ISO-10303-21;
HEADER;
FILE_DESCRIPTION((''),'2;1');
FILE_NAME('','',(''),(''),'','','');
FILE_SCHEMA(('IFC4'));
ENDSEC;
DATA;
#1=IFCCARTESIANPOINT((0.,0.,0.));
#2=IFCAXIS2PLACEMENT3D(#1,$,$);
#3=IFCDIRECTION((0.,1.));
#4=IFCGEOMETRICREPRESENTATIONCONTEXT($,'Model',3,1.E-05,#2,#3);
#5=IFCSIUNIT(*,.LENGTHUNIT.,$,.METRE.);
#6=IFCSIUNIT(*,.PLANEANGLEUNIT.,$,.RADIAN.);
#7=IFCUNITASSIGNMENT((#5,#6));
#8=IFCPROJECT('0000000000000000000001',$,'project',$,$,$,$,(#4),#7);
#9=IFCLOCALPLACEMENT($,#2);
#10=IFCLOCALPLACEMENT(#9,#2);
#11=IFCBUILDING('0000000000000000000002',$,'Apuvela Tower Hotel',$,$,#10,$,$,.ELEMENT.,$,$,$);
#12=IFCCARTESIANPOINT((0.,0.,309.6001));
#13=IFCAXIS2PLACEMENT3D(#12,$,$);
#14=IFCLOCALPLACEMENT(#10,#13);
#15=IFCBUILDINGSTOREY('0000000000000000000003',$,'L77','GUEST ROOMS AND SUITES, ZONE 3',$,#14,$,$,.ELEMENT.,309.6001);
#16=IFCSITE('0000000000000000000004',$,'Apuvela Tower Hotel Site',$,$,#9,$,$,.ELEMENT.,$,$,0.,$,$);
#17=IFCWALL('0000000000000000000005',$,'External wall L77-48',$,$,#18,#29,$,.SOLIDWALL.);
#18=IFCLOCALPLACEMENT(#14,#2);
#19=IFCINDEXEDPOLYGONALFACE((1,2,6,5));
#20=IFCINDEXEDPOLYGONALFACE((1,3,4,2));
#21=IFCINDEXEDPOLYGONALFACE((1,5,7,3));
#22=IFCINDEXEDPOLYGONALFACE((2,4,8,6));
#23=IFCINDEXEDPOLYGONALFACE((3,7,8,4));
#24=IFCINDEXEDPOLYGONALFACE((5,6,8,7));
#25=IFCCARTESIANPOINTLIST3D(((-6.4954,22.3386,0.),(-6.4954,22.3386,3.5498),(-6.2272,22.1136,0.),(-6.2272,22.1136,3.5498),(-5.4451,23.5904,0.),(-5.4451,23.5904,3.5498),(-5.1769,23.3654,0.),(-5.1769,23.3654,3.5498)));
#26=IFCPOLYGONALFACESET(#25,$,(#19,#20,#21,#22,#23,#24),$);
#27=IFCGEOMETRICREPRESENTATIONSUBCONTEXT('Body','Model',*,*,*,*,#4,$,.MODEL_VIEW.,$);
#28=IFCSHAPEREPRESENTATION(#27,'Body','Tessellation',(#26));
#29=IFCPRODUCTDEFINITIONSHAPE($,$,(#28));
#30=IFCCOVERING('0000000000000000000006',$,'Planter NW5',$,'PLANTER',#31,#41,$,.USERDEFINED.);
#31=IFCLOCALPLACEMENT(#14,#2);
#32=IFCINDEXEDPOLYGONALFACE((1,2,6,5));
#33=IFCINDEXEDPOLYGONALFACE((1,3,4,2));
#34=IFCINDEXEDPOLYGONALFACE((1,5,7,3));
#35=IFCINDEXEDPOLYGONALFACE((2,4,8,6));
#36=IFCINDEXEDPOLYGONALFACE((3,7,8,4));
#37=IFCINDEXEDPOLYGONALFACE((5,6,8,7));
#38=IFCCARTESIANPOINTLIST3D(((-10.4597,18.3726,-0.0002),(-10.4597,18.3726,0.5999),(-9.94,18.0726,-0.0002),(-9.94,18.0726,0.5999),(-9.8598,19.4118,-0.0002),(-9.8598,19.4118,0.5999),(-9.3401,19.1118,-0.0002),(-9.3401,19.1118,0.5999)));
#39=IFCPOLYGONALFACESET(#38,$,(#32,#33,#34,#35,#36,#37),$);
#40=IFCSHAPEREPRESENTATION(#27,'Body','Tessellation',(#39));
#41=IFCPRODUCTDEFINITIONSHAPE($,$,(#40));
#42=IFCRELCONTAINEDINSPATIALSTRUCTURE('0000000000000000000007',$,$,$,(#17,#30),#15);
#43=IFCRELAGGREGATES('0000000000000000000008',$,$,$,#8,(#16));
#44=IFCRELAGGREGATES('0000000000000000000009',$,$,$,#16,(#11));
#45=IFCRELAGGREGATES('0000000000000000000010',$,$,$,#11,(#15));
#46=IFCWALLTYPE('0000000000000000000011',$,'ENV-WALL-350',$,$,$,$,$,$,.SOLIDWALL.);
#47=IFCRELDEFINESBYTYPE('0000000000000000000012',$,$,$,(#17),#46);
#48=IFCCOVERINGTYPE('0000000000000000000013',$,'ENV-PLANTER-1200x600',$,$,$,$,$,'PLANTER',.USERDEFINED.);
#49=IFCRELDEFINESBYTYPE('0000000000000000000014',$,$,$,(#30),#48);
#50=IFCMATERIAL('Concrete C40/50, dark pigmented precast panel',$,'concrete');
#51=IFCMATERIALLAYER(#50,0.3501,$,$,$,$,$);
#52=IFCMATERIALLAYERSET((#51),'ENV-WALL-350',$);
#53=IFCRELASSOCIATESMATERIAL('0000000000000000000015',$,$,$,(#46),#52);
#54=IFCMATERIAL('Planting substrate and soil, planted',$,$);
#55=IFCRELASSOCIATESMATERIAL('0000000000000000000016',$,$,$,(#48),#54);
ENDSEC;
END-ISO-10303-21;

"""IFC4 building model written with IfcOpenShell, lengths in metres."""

from ifc_helpers import new_model, si_unit, direction, frame, frame_2d, origin, origin_2d, place, context, subcontext, project, spatial, rectangle, extrude, material, layer, layer_set, type_object, element, save


model = new_model("IFC4")

# Units and contexts
model_context = context("Model", 3, precision=1e-05, world=origin(), true_north=direction((0.0, 1.0)))
body_context = subcontext(model_context, "Body", "Model", "MODEL_VIEW")
ifc_project = project(units=[si_unit("LENGTHUNIT", "METRE"), si_unit("PLANEANGLEUNIT", "RADIAN")], contexts=[model_context])

# Site, building, storey
site_placement = place(None, origin())
site = spatial("IfcSite", under=ifc_project, at=site_placement, Name="Apuvela Tower Hotel Site", CompositionType="ELEMENT", RefElevation=0.0)
building_placement = place(site_placement, origin())
building = spatial("IfcBuilding", under=site, at=building_placement, Name="Apuvela Tower Hotel", CompositionType="ELEMENT")
storey_placement = place(building_placement, frame((0.0, 0.0, 309.6001)))
storey = spatial("IfcBuildingStorey", under=building, at=storey_placement, Name="L77", Description="GUEST ROOMS AND SUITES, ZONE 3", CompositionType="ELEMENT", Elevation=309.6001)

# Shared definitions
ifc_material_1 = material(Name="Concrete C40/50, dark pigmented precast panel", Category="concrete")
ifc_layer_1 = layer(ifc_material_1, 0.3501)
ifc_layer_set_1 = layer_set([ifc_layer_1], Name="ENV-WALL-350")
wall_type_1 = type_object("IfcWallType", Name="ENV-WALL-350", PredefinedType="SOLIDWALL", material=ifc_layer_set_1)

# Wall
wall_1_placement = place(storey_placement, frame((-5.311, 23.4778, 0.0), z_axis=(0.0, 0.0, 1.0), x_axis=(-0.642782, -0.766049, 0.0)))
element("IfcWall", 1, at=wall_1_placement, inside=storey, type_object=wall_type_1, Name="External wall L77-48", PredefinedType="SOLIDWALL", context=body_context, shape_type="SweptSolid", body=[
    extrude(rectangle(XDim=1.634, YDim=0.3501, at=frame_2d((0.8169, 0.0))), origin(), (0.0, 0.0, 1.0), 3.5498),
])

# Covering
ifc_material_2 = material(Name="Planting substrate and soil, planted")
covering_type = type_object("IfcCoveringType", Name="ENV-PLANTER-1200x600", ElementType="PLANTER", PredefinedType="USERDEFINED", material=ifc_material_2)
covering_placement = place(storey_placement, frame((-9.8999, 18.7422, -0.0002), z_axis=(0.0, 0.0, 1.0), x_axis=(-0.5, -0.866025, 0.0)))
element("IfcCovering", 2, at=covering_placement, inside=storey, type_object=covering_type, Name="Planter NW5", ObjectType="PLANTER", PredefinedType="USERDEFINED", context=body_context, shape_type="SweptSolid", body=[
    extrude(rectangle(XDim=1.2, YDim=0.6001, at=origin_2d()), origin(), (0.0, 0.0, 1.0), 0.6001),
])

save(model, "model.ifc")
